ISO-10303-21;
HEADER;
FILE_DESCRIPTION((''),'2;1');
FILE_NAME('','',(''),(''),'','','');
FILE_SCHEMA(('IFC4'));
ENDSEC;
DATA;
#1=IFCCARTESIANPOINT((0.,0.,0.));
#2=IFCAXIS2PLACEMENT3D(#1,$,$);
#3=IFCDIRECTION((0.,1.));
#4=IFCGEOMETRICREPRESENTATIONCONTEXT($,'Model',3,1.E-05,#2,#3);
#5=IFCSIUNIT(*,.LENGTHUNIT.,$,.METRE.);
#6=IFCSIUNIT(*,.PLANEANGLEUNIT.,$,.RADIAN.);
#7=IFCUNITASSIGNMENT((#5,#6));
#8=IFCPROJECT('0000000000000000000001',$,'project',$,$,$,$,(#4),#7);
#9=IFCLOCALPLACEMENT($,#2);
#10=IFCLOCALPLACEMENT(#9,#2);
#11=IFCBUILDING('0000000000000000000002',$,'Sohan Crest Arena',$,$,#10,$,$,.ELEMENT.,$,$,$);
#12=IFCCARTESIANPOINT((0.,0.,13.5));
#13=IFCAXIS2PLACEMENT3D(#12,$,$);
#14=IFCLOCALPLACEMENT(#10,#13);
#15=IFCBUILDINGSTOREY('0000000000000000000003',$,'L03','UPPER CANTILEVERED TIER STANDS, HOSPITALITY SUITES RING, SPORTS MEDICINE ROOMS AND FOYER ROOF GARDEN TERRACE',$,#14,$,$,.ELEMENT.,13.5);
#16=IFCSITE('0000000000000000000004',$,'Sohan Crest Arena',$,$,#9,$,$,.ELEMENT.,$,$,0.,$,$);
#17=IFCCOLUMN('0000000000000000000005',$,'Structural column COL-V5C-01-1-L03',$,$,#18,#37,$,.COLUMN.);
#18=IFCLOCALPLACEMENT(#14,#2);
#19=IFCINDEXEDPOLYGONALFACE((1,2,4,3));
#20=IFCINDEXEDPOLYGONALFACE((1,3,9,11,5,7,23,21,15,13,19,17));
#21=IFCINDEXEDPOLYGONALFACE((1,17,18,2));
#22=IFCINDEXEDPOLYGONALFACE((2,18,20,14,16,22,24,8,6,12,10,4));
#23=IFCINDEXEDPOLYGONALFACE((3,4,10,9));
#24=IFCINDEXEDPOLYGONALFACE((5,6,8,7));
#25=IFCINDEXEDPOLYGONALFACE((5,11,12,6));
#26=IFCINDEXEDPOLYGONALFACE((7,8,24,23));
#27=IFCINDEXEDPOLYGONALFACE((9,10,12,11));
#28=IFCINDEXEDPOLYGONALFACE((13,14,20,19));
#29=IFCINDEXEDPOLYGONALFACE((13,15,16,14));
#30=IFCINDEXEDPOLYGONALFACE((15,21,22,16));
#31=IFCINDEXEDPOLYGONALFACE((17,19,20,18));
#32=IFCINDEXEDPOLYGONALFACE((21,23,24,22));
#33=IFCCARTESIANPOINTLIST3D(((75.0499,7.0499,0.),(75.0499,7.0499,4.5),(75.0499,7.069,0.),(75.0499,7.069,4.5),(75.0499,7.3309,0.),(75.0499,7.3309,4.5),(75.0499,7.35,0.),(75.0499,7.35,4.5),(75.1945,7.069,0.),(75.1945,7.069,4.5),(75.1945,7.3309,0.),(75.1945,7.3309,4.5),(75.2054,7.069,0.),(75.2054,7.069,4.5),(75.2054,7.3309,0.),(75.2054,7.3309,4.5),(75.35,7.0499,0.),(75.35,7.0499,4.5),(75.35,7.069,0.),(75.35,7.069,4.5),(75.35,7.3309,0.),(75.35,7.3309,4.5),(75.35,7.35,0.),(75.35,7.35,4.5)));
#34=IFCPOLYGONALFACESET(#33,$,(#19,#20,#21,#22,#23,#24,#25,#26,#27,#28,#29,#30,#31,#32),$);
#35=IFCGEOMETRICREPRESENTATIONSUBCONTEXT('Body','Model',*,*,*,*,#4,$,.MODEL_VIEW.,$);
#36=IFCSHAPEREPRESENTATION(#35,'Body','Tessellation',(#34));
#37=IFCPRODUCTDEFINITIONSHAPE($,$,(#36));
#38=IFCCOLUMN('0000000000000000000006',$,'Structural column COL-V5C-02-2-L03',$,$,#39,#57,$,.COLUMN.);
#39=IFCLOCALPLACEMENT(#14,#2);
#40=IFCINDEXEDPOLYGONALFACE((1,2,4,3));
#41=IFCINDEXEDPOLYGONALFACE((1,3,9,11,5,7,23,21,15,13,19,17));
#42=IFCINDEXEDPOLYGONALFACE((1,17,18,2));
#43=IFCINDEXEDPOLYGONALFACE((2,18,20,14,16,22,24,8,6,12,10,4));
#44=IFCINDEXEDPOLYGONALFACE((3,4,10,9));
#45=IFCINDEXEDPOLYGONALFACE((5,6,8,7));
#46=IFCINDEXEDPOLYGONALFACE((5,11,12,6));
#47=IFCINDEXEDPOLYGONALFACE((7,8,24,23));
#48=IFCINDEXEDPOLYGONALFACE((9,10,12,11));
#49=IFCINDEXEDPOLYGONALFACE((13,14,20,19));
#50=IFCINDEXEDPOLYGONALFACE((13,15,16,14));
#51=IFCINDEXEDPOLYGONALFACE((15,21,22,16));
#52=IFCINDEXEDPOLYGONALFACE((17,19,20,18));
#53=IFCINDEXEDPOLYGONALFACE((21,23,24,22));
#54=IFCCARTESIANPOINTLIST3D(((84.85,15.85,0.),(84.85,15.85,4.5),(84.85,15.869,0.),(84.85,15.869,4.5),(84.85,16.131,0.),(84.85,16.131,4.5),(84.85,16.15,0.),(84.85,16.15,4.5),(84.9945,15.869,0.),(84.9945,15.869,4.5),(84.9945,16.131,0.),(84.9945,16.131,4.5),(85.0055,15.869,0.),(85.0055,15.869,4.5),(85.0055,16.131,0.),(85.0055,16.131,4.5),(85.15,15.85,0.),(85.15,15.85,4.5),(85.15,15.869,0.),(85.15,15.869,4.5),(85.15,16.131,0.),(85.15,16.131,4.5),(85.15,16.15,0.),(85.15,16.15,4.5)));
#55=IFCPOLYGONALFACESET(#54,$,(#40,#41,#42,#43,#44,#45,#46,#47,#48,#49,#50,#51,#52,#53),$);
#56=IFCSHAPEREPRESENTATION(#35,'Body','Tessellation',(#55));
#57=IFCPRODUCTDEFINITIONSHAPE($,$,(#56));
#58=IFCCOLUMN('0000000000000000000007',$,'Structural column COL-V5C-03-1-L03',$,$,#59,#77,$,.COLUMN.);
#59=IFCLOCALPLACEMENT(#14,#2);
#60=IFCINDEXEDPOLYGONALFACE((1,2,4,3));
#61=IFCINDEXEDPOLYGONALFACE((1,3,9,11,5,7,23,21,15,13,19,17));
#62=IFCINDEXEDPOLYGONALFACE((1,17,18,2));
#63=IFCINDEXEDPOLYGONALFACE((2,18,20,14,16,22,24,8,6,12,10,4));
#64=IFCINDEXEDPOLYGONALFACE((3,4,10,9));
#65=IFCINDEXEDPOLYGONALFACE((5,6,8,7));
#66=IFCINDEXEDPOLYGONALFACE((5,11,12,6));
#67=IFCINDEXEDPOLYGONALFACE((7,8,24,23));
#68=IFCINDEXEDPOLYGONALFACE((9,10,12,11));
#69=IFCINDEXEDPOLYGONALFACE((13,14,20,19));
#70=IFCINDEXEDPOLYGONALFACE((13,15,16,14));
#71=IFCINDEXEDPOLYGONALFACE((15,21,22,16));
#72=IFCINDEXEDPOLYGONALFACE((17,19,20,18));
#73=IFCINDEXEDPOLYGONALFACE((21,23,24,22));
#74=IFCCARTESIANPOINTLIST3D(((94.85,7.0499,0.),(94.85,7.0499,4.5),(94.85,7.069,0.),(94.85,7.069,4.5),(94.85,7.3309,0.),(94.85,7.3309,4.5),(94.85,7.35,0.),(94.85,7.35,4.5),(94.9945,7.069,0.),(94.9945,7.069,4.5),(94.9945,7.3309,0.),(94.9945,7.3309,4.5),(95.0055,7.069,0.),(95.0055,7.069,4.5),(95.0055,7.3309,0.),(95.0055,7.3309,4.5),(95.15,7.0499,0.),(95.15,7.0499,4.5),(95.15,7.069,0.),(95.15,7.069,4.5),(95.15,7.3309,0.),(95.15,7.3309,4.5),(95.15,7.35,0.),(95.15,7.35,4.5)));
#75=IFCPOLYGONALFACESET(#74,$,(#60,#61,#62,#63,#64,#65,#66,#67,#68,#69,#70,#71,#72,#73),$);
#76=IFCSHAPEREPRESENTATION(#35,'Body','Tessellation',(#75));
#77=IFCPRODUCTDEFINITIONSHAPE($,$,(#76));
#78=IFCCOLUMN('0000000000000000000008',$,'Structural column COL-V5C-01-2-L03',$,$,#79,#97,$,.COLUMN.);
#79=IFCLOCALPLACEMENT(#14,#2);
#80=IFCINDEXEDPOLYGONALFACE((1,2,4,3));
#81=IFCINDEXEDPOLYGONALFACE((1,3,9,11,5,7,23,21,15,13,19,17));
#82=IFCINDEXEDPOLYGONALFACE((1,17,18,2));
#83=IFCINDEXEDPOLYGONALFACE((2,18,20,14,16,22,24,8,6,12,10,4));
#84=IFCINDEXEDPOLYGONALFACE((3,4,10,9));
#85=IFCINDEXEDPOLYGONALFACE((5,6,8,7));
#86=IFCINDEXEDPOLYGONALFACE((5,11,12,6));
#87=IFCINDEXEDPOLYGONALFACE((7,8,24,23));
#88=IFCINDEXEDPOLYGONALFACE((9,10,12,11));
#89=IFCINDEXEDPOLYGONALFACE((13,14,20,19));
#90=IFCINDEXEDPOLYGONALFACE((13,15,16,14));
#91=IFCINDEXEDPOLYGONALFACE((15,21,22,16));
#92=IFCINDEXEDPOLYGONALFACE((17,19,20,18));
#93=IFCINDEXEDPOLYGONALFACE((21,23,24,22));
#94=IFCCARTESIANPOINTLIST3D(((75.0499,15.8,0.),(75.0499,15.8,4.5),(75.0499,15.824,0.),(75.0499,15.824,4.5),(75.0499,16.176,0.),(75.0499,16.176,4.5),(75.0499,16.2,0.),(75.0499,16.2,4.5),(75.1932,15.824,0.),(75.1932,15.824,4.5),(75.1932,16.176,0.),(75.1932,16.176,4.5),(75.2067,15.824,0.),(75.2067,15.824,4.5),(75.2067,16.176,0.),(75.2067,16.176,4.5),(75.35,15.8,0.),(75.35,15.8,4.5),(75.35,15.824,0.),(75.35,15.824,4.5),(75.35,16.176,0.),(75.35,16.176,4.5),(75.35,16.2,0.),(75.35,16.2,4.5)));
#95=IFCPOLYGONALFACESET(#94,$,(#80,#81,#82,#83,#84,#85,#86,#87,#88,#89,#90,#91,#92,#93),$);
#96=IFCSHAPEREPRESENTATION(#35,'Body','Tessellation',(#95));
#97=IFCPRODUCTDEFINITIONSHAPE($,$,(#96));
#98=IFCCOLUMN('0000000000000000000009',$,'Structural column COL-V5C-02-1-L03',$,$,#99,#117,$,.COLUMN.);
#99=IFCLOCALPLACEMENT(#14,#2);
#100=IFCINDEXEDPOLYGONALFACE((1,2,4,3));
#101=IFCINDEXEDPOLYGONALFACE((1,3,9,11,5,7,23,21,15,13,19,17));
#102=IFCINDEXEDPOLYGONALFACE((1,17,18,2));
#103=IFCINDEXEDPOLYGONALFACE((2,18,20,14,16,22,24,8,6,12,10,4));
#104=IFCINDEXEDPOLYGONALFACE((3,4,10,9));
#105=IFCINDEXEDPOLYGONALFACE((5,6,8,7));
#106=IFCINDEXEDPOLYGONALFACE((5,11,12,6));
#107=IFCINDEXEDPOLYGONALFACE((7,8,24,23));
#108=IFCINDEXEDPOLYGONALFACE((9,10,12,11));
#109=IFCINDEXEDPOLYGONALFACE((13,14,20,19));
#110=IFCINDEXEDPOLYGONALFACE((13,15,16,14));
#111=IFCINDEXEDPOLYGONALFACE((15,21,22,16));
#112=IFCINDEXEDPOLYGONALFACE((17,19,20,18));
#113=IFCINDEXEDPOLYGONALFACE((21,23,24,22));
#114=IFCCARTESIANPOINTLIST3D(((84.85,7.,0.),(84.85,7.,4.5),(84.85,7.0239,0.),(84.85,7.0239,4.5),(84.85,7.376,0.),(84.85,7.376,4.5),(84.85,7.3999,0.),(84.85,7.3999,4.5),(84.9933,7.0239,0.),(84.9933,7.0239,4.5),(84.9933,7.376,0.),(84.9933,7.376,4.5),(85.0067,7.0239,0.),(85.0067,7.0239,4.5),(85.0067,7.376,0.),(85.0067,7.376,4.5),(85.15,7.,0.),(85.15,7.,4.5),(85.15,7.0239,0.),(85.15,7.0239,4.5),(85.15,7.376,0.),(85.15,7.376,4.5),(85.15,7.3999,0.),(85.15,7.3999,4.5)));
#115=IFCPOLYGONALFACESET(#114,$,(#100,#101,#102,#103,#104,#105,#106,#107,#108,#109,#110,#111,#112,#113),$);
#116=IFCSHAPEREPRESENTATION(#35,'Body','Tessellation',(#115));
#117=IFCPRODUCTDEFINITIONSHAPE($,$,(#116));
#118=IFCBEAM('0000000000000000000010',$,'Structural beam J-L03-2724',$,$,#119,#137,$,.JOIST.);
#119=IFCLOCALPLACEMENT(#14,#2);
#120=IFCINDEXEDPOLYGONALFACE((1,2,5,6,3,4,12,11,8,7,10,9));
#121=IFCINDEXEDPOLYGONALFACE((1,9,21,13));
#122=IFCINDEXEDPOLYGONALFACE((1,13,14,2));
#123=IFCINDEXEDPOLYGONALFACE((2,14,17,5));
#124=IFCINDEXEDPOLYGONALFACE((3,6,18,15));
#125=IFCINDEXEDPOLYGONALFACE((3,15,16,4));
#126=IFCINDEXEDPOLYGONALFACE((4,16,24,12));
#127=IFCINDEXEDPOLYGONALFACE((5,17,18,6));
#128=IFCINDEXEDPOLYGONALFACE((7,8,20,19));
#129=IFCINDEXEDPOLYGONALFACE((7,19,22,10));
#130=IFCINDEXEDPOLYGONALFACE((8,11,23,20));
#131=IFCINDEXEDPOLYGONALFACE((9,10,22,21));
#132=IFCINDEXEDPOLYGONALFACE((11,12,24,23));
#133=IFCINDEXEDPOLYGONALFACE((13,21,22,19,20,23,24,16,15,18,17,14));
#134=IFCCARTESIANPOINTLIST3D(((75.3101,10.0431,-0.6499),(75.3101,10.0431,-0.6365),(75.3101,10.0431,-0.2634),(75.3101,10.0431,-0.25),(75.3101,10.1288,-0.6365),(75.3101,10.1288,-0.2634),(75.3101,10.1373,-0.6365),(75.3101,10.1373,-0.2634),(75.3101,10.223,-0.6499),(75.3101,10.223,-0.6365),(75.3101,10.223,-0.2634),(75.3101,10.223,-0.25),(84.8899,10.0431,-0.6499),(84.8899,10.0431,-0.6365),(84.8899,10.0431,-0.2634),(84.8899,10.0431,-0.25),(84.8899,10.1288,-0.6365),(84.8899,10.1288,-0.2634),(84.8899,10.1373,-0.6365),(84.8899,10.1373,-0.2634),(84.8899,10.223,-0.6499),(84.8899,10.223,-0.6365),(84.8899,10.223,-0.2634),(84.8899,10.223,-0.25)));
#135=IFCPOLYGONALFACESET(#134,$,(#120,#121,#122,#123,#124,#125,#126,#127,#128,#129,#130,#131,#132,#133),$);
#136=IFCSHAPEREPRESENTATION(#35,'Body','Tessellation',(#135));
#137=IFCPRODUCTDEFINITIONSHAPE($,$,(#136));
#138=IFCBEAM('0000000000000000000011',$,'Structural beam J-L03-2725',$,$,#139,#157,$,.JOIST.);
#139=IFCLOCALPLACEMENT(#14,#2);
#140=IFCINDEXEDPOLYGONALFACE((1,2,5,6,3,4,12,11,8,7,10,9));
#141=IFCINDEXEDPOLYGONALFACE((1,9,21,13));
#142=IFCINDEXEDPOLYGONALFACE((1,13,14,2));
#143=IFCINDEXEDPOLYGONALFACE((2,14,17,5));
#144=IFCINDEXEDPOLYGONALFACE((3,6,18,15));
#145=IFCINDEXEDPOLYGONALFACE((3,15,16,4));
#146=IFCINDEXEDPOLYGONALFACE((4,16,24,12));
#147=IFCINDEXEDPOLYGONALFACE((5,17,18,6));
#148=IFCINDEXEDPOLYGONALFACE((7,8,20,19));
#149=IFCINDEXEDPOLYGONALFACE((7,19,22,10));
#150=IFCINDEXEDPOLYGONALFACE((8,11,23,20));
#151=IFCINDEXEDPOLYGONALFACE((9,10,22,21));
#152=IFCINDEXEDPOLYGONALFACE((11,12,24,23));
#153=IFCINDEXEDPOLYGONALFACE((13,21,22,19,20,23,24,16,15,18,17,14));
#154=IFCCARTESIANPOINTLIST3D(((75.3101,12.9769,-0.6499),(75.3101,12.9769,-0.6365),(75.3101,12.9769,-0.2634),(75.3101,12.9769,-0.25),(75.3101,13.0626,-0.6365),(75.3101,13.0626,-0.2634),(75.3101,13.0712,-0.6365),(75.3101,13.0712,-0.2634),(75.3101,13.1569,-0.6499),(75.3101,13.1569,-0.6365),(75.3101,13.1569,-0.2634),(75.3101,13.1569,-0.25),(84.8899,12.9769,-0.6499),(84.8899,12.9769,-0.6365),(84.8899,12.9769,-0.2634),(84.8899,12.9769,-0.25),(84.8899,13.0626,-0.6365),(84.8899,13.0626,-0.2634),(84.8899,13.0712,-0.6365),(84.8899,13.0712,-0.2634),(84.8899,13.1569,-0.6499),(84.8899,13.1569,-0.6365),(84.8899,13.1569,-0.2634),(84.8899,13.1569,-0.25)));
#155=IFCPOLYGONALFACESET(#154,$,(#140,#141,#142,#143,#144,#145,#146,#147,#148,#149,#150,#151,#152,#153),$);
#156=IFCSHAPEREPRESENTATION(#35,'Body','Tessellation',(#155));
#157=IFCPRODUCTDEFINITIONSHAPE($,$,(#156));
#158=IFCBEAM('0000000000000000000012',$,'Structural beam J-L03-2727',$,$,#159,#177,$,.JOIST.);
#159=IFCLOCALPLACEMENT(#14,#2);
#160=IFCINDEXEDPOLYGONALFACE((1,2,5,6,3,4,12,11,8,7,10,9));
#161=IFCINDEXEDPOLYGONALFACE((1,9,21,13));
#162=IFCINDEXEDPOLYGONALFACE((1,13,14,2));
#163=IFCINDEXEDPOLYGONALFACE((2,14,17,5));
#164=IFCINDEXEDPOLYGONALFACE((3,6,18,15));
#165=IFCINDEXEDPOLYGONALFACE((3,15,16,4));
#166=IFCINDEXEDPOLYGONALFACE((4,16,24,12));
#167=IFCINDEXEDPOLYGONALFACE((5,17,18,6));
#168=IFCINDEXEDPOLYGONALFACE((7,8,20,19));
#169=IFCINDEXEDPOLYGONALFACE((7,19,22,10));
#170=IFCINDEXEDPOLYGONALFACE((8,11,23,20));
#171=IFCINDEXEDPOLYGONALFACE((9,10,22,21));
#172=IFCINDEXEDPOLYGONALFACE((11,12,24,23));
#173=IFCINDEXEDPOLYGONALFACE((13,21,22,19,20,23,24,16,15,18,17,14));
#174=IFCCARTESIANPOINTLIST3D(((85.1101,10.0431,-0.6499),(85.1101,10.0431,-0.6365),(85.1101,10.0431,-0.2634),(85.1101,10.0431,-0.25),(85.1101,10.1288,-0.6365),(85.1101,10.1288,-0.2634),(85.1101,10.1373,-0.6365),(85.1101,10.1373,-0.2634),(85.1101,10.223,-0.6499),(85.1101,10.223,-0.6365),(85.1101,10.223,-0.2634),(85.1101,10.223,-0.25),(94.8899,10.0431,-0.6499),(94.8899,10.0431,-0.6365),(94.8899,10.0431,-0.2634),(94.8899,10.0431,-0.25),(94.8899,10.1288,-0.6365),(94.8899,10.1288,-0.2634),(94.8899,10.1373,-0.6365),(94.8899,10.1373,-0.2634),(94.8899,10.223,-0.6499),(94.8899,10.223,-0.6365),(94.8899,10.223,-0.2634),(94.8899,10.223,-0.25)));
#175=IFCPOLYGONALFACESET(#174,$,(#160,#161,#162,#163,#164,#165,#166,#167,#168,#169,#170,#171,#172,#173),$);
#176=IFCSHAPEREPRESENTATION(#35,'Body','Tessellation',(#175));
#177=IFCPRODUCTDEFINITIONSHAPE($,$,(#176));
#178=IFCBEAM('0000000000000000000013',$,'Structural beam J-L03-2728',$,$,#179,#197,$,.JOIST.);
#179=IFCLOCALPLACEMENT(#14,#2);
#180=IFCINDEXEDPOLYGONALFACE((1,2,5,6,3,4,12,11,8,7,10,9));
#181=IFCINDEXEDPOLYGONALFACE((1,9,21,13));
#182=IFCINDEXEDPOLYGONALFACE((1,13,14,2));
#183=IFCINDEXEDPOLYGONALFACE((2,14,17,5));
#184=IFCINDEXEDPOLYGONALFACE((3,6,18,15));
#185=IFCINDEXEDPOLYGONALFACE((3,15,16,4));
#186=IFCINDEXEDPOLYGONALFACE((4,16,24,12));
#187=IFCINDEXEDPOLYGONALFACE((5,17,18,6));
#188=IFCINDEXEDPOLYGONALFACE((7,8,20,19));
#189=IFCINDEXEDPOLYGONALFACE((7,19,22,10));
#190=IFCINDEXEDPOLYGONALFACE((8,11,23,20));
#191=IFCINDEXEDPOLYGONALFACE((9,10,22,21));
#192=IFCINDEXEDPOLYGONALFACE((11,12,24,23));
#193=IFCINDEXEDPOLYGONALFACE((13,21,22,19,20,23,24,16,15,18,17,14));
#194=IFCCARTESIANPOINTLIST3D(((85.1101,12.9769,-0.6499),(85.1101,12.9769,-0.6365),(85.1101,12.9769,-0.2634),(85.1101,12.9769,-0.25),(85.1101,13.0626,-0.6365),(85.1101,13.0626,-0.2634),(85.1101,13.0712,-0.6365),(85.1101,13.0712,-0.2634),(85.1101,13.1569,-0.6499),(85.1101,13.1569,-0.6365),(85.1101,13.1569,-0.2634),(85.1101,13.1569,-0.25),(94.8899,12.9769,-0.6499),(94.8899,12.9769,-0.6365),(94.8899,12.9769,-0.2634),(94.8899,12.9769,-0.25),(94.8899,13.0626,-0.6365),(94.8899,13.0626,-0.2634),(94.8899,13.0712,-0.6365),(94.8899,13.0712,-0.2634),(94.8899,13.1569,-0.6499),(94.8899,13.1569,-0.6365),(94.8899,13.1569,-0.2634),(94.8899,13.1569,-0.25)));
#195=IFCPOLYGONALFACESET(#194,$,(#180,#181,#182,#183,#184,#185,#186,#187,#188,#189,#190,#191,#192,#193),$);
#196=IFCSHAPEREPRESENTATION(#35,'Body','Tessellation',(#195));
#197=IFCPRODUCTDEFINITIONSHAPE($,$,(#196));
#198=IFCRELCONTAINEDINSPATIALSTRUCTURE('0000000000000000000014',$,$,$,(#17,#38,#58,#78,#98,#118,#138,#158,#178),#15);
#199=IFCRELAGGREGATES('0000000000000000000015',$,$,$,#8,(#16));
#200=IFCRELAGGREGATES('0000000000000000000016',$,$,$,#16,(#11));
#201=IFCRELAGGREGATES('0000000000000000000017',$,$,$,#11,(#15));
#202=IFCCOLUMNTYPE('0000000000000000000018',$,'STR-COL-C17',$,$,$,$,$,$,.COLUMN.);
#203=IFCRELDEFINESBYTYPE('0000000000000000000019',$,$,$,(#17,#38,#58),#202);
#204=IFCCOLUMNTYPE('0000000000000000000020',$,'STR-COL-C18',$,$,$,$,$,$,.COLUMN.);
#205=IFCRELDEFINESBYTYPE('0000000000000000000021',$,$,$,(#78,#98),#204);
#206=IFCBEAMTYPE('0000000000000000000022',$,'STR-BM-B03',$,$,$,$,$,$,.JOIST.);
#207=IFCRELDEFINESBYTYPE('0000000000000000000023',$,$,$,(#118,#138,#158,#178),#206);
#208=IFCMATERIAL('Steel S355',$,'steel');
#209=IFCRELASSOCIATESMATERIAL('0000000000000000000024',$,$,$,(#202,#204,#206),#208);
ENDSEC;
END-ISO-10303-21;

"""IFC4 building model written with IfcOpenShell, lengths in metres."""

from ifc_helpers import new_model, si_unit, direction, frame, origin, origin_2d, place, context, subcontext, project, spatial, i_section, extrude, material, material_profile, profile_set, type_object, element, save


model = new_model("IFC4")

# Units and contexts
model_context = context("Model", 3, precision=1e-05, world=origin(), true_north=direction((0.0, 1.0)))
body_context = subcontext(model_context, "Body", "Model", "MODEL_VIEW")
ifc_project = project(units=[si_unit("LENGTHUNIT", "METRE"), si_unit("PLANEANGLEUNIT", "RADIAN")], contexts=[model_context])

# Site, building, storey
site_placement = place(None, origin())
site = spatial("IfcSite", under=ifc_project, at=site_placement, Name="Sohan Crest Arena", CompositionType="ELEMENT", RefElevation=0.0)
building_placement = place(site_placement, origin())
building = spatial("IfcBuilding", under=site, at=building_placement, Name="Sohan Crest Arena", CompositionType="ELEMENT")
storey_placement = place(building_placement, frame((0.0, 0.0, 13.5)))
storey = spatial("IfcBuildingStorey", under=building, at=storey_placement, Name="L03", Description="UPPER CANTILEVERED TIER STANDS, HOSPITALITY SUITES RING, SPORTS MEDICINE ROOMS AND FOYER ROOF GARDEN TERRACE", CompositionType="ELEMENT", Elevation=13.5)

# Columns
ifc_material_1 = material(Name="Steel S355", Category="steel")
ifc_material_profile_1 = material_profile(ifc_material_1, i_section(OverallWidth=0.3, OverallDepth=0.3, WebThickness=0.011, FlangeThickness=0.019, at=origin_2d()), Name="HEB 300")
ifc_profile_set_1 = profile_set([ifc_material_profile_1], Name="Steel S355")
column_type_1 = type_object("IfcColumnType", Name="STR-COL-C17", PredefinedType="COLUMN", material=ifc_profile_set_1)
for number, where, z_axis, x_axis, name in (
    (1, (75.2, 7.2, 0.0), (0.0, 0.0, 1.0), (1.0, 0.0, 0.0), "Structural column COL-V5C-01-1-L03"),
    (2, (85.0, 16.0, 0.0), (0.0, 0.0, 1.0), (1.0, 0.0, 0.0), "Structural column COL-V5C-02-2-L03"),
    (3, (95.0, 7.2, 0.0), (0.0, 0.0, 1.0), (1.0, 0.0, 0.0), "Structural column COL-V5C-03-1-L03"),
):
    element("IfcColumn", number, at=place(storey_placement, frame(where, z_axis=z_axis, x_axis=x_axis)), inside=storey, type_object=column_type_1, Name=name, PredefinedType="COLUMN", context=body_context, shape_type="SweptSolid", body=[
        extrude(i_section(OverallWidth=0.3, OverallDepth=0.3, WebThickness=0.011, FlangeThickness=0.019, at=origin_2d()), origin(), (0.0, 0.0, 1.0), 4.5),
    ])
ifc_material_profile_2 = material_profile(ifc_material_1, i_section(OverallWidth=0.3, OverallDepth=0.3999, WebThickness=0.0134, FlangeThickness=0.0239, at=origin_2d()), Name="HEB 400")
ifc_profile_set_2 = profile_set([ifc_material_profile_2], Name="Steel S355")
column_type_2 = type_object("IfcColumnType", Name="STR-COL-C18", PredefinedType="COLUMN", material=ifc_profile_set_2)
for number, where, z_axis, x_axis, name in (
    (4, (75.2, 16.0, 0.0), (0.0, 0.0, 1.0), (1.0, 0.0, 0.0), "Structural column COL-V5C-01-2-L03"),
    (5, (85.0, 7.2, 0.0), (0.0, 0.0, 1.0), (1.0, 0.0, 0.0), "Structural column COL-V5C-02-1-L03"),
):
    element("IfcColumn", number, at=place(storey_placement, frame(where, z_axis=z_axis, x_axis=x_axis)), inside=storey, type_object=column_type_2, Name=name, PredefinedType="COLUMN", context=body_context, shape_type="SweptSolid", body=[
        extrude(i_section(OverallWidth=0.3, OverallDepth=0.3999, WebThickness=0.0134, FlangeThickness=0.0239, at=origin_2d()), origin(), (0.0, 0.0, 1.0), 4.5),
    ])

# Beams
ifc_material_profile_3 = material_profile(ifc_material_1, i_section(OverallWidth=0.1799, OverallDepth=0.3999, WebThickness=0.0085, FlangeThickness=0.0134, at=origin_2d()), Name="IPE 400")
ifc_profile_set_3 = profile_set([ifc_material_profile_3], Name="Steel S355")
beam_type_1 = type_object("IfcBeamType", Name="STR-BM-B03", PredefinedType="JOIST", material=ifc_profile_set_3)
for number, where, z_axis, x_axis, name in (
    (6, (75.3101, 10.1331, -0.45), (1.0, 0.0, 0.0), (0.0, 1.0, 0.0), "Structural beam J-L03-2724"),
    (7, (75.3101, 13.0669, -0.45), (1.0, 0.0, 0.0), (0.0, 1.0, 0.0), "Structural beam J-L03-2725"),
):
    element("IfcBeam", number, at=place(storey_placement, frame(where, z_axis=z_axis, x_axis=x_axis)), inside=storey, type_object=beam_type_1, Name=name, PredefinedType="JOIST", context=body_context, shape_type="SweptSolid", body=[
        extrude(i_section(OverallWidth=0.1799, OverallDepth=0.3999, WebThickness=0.0085, FlangeThickness=0.0134, at=origin_2d()), origin(), (0.0, 0.0, 1.0), 9.5798),
    ])
for number, where, z_axis, x_axis, name in (
    (8, (85.1101, 10.1331, -0.45), (1.0, 0.0, 0.0), (0.0, 1.0, 0.0), "Structural beam J-L03-2727"),
    (9, (85.1101, 13.0669, -0.45), (1.0, 0.0, 0.0), (0.0, 1.0, 0.0), "Structural beam J-L03-2728"),
):
    element("IfcBeam", number, at=place(storey_placement, frame(where, z_axis=z_axis, x_axis=x_axis)), inside=storey, type_object=beam_type_1, Name=name, PredefinedType="JOIST", context=body_context, shape_type="SweptSolid", body=[
        extrude(i_section(OverallWidth=0.1799, OverallDepth=0.3999, WebThickness=0.0085, FlangeThickness=0.0134, at=origin_2d()), origin(), (0.0, 0.0, 1.0), 9.7798),
    ])

save(model, "model.ifc")
